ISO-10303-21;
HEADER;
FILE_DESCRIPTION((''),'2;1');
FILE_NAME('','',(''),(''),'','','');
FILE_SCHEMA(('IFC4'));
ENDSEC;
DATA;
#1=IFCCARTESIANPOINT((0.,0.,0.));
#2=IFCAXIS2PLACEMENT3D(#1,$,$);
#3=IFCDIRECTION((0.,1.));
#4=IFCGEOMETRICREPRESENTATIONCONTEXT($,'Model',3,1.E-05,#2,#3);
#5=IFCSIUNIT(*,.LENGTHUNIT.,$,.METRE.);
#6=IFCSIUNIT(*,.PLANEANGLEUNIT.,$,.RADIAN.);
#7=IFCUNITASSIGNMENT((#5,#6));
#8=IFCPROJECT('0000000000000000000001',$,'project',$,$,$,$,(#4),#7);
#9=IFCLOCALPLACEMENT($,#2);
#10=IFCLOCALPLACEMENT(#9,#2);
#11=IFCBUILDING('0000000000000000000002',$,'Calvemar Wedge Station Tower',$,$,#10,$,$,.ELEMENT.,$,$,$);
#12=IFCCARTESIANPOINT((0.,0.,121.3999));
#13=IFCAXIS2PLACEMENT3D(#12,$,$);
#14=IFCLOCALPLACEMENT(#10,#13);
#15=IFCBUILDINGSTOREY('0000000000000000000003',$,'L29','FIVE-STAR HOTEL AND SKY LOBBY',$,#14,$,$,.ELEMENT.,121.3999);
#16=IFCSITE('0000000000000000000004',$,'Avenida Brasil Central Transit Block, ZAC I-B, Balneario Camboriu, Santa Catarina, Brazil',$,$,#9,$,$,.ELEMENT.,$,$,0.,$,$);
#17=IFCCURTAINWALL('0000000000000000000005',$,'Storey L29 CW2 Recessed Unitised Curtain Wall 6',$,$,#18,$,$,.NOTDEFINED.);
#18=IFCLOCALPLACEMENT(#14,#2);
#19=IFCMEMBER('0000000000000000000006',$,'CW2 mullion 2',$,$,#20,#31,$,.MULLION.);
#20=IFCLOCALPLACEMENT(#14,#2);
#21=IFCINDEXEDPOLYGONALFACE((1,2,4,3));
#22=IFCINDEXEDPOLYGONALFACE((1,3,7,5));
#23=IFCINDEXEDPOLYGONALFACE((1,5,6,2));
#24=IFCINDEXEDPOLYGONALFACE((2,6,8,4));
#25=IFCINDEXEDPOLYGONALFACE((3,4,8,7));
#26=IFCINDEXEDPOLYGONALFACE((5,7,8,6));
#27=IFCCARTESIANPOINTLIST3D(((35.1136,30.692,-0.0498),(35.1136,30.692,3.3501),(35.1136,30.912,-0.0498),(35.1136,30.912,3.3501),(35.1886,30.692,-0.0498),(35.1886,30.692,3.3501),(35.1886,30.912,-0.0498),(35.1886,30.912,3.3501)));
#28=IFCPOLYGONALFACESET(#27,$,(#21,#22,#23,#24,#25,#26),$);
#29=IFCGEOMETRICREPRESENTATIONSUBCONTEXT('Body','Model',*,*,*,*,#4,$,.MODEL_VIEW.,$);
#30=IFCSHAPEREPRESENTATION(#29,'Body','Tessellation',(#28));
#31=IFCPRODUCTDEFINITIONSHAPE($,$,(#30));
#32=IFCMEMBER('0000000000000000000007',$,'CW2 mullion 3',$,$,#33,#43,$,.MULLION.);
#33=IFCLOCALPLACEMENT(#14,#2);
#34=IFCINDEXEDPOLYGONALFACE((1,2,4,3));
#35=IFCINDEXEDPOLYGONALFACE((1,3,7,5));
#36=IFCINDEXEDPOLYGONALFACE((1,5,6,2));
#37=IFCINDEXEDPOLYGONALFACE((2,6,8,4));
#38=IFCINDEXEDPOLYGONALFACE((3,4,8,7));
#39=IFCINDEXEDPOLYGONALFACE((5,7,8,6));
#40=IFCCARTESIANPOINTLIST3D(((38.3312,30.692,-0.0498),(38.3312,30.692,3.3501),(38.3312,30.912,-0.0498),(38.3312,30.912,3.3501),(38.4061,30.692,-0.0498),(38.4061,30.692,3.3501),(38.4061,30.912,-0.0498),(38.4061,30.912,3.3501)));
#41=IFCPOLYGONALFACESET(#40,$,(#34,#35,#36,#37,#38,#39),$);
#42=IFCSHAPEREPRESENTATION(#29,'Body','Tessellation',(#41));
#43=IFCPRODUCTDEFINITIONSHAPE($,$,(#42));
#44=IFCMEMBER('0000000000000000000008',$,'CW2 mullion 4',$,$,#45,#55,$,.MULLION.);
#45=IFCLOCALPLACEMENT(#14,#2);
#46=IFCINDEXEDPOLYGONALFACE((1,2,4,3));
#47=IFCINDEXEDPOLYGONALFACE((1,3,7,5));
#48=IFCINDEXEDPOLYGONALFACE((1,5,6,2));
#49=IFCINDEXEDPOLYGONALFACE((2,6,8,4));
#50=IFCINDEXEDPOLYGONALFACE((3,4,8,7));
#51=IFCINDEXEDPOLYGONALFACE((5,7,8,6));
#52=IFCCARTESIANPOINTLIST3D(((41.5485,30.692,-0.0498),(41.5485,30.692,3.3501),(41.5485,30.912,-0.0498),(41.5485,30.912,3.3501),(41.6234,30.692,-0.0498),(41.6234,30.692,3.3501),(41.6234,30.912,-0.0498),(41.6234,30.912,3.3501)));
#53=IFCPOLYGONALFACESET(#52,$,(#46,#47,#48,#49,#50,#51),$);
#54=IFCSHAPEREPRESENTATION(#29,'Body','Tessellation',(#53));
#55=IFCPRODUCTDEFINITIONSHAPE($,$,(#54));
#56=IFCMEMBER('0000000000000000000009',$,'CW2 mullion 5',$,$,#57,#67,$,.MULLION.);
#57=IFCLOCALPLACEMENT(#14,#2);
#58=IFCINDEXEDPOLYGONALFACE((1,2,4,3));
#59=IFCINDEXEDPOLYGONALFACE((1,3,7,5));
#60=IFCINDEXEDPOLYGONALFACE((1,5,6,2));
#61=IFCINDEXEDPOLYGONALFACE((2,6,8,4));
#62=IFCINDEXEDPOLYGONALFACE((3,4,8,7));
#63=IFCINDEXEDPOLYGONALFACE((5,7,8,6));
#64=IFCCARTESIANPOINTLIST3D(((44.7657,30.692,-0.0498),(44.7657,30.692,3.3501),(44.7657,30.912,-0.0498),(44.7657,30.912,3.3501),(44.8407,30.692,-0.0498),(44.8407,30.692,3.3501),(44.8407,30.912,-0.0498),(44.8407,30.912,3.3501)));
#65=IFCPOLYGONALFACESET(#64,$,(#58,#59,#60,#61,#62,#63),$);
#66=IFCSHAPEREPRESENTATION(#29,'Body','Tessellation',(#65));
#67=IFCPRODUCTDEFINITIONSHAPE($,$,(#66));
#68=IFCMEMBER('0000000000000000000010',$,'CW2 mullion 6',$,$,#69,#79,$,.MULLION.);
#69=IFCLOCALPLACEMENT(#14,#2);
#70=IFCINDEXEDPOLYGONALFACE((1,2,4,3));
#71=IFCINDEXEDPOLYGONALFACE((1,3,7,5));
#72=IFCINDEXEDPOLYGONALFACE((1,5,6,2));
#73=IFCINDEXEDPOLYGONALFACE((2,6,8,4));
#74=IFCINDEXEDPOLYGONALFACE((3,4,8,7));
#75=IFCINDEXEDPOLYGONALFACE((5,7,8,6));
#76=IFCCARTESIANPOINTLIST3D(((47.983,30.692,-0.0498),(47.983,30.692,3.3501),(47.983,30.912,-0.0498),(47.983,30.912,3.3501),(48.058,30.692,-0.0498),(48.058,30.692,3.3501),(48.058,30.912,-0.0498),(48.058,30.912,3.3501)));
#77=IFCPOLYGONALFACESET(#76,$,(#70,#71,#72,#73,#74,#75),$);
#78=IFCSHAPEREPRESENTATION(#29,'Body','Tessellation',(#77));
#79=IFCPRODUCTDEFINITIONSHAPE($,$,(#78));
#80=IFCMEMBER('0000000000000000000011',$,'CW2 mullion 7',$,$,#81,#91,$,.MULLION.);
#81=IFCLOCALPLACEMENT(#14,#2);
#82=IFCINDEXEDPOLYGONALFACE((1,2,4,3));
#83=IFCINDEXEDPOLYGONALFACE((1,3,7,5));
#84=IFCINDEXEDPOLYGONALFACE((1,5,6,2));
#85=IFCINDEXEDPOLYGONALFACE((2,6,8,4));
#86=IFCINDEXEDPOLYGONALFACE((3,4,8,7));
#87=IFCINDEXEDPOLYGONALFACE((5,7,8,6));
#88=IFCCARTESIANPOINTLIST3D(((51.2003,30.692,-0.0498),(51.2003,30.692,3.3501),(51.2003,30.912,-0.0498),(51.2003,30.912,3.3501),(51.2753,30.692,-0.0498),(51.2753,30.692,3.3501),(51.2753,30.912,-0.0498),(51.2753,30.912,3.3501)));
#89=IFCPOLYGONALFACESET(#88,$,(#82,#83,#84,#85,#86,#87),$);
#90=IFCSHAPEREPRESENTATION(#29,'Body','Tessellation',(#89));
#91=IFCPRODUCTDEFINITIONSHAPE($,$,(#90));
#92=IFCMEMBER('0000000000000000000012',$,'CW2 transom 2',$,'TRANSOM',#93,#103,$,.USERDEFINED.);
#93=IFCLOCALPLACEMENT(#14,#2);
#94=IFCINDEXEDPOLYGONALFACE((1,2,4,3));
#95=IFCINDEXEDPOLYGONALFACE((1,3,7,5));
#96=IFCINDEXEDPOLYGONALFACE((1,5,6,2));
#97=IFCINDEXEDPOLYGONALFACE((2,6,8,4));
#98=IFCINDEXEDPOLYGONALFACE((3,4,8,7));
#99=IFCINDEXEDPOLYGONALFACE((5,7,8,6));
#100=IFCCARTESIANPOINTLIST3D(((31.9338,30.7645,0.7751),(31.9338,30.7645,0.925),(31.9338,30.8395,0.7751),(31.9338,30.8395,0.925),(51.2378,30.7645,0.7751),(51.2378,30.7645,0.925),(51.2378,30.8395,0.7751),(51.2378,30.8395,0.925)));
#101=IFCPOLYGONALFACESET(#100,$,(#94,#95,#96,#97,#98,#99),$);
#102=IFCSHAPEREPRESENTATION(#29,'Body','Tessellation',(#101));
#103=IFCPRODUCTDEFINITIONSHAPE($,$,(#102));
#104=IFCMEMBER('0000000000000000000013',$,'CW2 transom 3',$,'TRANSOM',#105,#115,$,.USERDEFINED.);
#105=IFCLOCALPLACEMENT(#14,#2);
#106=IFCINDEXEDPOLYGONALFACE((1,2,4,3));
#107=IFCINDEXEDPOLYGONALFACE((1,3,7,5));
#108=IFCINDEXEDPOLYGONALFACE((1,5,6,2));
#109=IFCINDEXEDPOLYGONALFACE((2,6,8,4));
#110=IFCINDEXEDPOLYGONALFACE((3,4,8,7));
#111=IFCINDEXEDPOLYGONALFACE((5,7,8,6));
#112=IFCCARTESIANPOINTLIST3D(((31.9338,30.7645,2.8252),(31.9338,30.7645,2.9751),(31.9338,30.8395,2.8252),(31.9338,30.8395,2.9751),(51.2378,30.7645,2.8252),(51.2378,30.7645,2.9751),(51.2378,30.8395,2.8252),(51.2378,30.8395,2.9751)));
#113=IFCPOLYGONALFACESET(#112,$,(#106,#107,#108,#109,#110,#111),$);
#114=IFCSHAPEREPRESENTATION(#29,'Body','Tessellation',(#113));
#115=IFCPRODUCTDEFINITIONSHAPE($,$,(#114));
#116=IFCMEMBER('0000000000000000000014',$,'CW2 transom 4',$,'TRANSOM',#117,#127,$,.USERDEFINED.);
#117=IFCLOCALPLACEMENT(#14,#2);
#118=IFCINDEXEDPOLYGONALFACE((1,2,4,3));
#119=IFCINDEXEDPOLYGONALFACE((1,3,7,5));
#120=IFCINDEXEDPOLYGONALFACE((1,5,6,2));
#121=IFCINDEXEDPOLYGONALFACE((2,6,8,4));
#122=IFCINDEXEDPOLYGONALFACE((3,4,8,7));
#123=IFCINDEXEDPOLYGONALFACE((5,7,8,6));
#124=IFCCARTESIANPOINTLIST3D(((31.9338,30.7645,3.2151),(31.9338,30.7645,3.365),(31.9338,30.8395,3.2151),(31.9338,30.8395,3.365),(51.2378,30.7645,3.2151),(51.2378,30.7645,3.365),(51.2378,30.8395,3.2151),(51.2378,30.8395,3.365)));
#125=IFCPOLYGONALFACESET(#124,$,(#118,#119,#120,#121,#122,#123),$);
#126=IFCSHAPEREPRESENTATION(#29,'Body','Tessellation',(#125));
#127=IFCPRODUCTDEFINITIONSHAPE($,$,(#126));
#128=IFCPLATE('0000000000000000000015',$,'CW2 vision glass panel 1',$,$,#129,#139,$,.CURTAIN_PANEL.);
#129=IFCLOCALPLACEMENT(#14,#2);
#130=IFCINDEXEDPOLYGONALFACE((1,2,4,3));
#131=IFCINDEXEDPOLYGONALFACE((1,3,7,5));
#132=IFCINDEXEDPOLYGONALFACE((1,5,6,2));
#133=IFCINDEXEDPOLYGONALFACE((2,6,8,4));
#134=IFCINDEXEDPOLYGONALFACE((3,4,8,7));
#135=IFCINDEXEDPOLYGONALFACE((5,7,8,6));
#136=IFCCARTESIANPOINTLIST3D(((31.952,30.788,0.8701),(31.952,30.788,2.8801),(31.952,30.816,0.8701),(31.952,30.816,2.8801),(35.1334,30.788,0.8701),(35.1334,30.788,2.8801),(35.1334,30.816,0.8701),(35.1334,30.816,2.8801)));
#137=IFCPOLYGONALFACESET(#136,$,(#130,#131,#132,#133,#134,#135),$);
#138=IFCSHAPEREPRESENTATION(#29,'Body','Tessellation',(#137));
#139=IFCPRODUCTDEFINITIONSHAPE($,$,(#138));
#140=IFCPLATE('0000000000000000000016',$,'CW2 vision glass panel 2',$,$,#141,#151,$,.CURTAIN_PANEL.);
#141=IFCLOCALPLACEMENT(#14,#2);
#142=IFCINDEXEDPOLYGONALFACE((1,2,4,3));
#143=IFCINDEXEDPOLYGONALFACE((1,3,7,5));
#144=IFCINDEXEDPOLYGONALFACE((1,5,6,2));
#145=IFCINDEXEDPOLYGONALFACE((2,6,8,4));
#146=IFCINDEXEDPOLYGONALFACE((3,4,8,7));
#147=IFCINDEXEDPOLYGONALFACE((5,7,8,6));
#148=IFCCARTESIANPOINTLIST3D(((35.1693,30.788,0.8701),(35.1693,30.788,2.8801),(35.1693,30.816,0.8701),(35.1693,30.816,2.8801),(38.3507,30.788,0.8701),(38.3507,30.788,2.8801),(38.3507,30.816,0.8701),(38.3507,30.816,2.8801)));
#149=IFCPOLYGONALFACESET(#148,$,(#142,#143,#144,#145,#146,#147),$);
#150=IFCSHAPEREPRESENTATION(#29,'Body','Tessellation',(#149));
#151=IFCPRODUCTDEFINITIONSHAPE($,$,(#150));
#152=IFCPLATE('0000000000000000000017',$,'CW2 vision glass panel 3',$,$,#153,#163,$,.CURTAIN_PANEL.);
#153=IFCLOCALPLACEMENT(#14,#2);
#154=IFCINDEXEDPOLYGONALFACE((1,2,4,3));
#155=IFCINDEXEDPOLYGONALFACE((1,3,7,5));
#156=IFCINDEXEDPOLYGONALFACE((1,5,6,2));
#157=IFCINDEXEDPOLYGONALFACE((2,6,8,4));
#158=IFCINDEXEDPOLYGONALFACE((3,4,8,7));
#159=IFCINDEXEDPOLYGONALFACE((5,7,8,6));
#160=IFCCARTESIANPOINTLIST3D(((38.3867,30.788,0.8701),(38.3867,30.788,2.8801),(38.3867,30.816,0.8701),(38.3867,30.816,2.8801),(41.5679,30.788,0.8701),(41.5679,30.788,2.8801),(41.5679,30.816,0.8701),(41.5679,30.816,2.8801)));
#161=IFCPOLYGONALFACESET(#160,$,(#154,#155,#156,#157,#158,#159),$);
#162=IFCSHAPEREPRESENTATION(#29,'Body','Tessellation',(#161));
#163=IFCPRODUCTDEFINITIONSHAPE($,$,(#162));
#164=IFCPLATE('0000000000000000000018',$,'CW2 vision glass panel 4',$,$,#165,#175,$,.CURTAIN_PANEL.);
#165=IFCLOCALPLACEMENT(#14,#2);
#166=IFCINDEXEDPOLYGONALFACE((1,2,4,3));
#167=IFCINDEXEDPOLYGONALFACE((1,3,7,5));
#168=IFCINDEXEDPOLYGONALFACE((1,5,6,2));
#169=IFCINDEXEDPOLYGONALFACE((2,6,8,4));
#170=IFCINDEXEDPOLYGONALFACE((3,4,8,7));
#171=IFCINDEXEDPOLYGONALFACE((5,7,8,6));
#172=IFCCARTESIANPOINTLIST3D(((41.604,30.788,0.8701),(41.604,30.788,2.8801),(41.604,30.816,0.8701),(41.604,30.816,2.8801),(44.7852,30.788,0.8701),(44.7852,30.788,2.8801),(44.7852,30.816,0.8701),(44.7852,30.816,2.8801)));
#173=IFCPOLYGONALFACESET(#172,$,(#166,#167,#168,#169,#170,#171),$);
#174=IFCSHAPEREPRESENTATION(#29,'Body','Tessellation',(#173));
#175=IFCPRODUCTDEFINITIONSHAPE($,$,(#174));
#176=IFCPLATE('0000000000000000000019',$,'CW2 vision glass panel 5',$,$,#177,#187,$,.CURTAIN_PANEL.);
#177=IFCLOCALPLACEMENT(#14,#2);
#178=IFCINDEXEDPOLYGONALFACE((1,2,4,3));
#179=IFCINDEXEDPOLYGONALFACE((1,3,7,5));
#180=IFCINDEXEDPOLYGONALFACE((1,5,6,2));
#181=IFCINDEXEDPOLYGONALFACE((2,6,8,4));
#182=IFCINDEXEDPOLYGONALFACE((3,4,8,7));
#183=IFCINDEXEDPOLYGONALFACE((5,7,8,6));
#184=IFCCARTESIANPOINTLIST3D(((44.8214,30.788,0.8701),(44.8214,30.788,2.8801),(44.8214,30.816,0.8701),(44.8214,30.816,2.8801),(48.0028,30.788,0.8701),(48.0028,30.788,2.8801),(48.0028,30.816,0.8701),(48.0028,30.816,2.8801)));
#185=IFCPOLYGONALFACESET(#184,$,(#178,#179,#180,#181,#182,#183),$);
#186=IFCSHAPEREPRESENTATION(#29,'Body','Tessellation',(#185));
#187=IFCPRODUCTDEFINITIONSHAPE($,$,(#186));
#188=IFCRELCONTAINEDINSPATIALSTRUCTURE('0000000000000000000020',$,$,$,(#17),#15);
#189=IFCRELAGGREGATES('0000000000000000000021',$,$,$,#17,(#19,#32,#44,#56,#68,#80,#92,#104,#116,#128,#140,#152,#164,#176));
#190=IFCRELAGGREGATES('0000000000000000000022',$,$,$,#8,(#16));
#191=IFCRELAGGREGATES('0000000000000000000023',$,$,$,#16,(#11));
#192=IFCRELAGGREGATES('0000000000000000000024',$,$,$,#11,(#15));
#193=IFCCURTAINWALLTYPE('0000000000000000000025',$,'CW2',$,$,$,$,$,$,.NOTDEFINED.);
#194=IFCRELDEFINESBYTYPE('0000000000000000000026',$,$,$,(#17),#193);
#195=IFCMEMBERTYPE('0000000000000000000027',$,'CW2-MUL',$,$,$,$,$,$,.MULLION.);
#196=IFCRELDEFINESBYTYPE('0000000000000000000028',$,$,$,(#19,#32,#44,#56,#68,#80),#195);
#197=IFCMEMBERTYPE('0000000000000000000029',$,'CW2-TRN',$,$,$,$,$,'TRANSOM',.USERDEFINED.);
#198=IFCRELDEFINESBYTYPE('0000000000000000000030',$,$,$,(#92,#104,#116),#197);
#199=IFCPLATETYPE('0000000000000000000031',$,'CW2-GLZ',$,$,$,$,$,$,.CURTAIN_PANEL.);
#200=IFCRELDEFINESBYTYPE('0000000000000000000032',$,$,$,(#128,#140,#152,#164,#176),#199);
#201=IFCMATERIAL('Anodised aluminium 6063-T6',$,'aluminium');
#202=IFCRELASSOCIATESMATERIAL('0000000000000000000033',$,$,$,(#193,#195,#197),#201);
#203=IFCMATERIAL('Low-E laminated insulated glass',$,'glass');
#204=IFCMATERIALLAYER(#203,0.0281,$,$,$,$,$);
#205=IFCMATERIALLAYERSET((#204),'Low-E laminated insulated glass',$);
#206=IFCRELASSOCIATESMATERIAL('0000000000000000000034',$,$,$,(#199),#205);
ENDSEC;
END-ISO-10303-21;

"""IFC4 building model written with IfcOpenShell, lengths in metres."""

from ifc_helpers import new_model, si_unit, direction, frame, frame_2d, origin, origin_2d, place, context, subcontext, project, spatial, rectangle, extrude, source, transform, mapped, material, layer, layer_set, material_profile, profile_set, type_object, element, aggregate, save


model = new_model("IFC4")

# Units and contexts
model_context = context("Model", 3, precision=1e-05, world=origin(), true_north=direction((0.0, 1.0)))
body_context = subcontext(model_context, "Body", "Model", "MODEL_VIEW")
ifc_project = project(units=[si_unit("LENGTHUNIT", "METRE"), si_unit("PLANEANGLEUNIT", "RADIAN")], contexts=[model_context])

# Site, building, storey
site_placement = place(None, origin())
site = spatial("IfcSite", under=ifc_project, at=site_placement, Name="Avenida Brasil Central Transit Block, ZAC I-B, Balneario Camboriu, Santa Catarina, Brazil", CompositionType="ELEMENT", RefElevation=0.0)
building_placement = place(site_placement, origin())
building = spatial("IfcBuilding", under=site, at=building_placement, Name="Calvemar Wedge Station Tower", CompositionType="ELEMENT")
storey_placement = place(building_placement, frame((0.0, 0.0, 121.3999)))
storey = spatial("IfcBuildingStorey", under=building, at=storey_placement, Name="L29", Description="FIVE-STAR HOTEL AND SKY LOBBY", CompositionType="ELEMENT", Elevation=121.3999)

# Curtain wall, members, plates
ifc_material_1 = material(Name="Anodised aluminium 6063-T6", Category="aluminium")
curtain_wall_type = type_object("IfcCurtainWallType", Name="CW2", PredefinedType="NOTDEFINED", material=ifc_material_1)
curtain_wall_placement = place(storey_placement, origin())
curtain_wall = element("IfcCurtainWall", 1, at=curtain_wall_placement, inside=storey, type_object=curtain_wall_type, Name="Storey L29 CW2 Recessed Unitised Curtain Wall 6", PredefinedType="NOTDEFINED")
ifc_material_profile_1 = material_profile(ifc_material_1, rectangle(XDim=0.075, YDim=0.22, at=origin_2d()), Name="AL-MUL-75x220")
ifc_profile_set_1 = profile_set([ifc_material_profile_1], Name="Anodised aluminium 6063-T6")
member_type_1 = type_object("IfcMemberType", Name="CW2-MUL", PredefinedType="MULLION", material=ifc_profile_set_1)
shared_shape_1 = source(origin(), body_context, "Body", "SweptSolid", [
    extrude(rectangle(XDim=0.075, YDim=0.22, at=origin_2d()), origin(), (0.0, 0.0, 1.0), 3.3999),
])
member_1_placement = place(storey_placement, frame((35.1511, 30.802, -0.0498), z_axis=(0.0, 0.0, 1.0), x_axis=(1.0, 0.0, 0.0)))
member_1 = element("IfcMember", 2, at=member_1_placement, type_object=member_type_1, Name="CW2 mullion 2", PredefinedType="MULLION", context=body_context, shape_type="MappedRepresentation", body=[
    mapped(shared_shape_1, transform((0.0, 0.0, 0.0), scale=1.0)),
])
member_2_placement = place(storey_placement, frame((38.3687, 30.802, -0.0498), z_axis=(0.0, 0.0, 1.0), x_axis=(1.0, 0.0, 0.0)))
member_2 = element("IfcMember", 3, at=member_2_placement, type_object=member_type_1, Name="CW2 mullion 3", PredefinedType="MULLION", context=body_context, shape_type="MappedRepresentation", body=[
    mapped(shared_shape_1, transform((0.0, 0.0, 0.0), scale=1.0)),
])
member_3_placement = place(storey_placement, frame((41.5859, 30.802, -0.0498), z_axis=(0.0, 0.0, 1.0), x_axis=(1.0, 0.0, 0.0)))
member_3 = element("IfcMember", 4, at=member_3_placement, type_object=member_type_1, Name="CW2 mullion 4", PredefinedType="MULLION", context=body_context, shape_type="MappedRepresentation", body=[
    mapped(shared_shape_1, transform((0.0, 0.0, 0.0), scale=1.0)),
])
member_4_placement = place(storey_placement, frame((44.8032, 30.802, -0.0498), z_axis=(0.0, 0.0, 1.0), x_axis=(1.0, 0.0, 0.0)))
member_4 = element("IfcMember", 5, at=member_4_placement, type_object=member_type_1, Name="CW2 mullion 5", PredefinedType="MULLION", context=body_context, shape_type="MappedRepresentation", body=[
    mapped(shared_shape_1, transform((0.0, 0.0, 0.0), scale=1.0)),
])
member_5_placement = place(storey_placement, frame((48.0205, 30.802, -0.0498), z_axis=(0.0, 0.0, 1.0), x_axis=(1.0, 0.0, 0.0)))
member_5 = element("IfcMember", 6, at=member_5_placement, type_object=member_type_1, Name="CW2 mullion 6", PredefinedType="MULLION", context=body_context, shape_type="MappedRepresentation", body=[
    mapped(shared_shape_1, transform((0.0, 0.0, 0.0), scale=1.0)),
])
member_6_placement = place(storey_placement, frame((51.2378, 30.802, -0.0498), z_axis=(0.0, 0.0, 1.0), x_axis=(1.0, 0.0, 0.0)))
member_6 = element("IfcMember", 7, at=member_6_placement, type_object=member_type_1, Name="CW2 mullion 7", PredefinedType="MULLION", context=body_context, shape_type="MappedRepresentation", body=[
    mapped(shared_shape_1, transform((0.0, 0.0, 0.0), scale=1.0)),
])
ifc_material_profile_2 = material_profile(ifc_material_1, rectangle(XDim=0.075, YDim=0.1499, at=origin_2d()), Name="AL-TRN-75x150")
ifc_profile_set_2 = profile_set([ifc_material_profile_2], Name="Anodised aluminium 6063-T6")
member_type_2 = type_object("IfcMemberType", Name="CW2-TRN", ElementType="TRANSOM", PredefinedType="USERDEFINED", material=ifc_profile_set_2)
shared_shape_2 = source(origin(), body_context, "Body", "SweptSolid", [
    extrude(rectangle(XDim=0.075, YDim=0.1499, at=origin_2d()), origin(), (0.0, 0.0, 1.0), 19.304),
])
member_7_placement = place(storey_placement, frame((31.9338, 30.802, 0.8501), z_axis=(1.0, 0.0, 0.0), x_axis=(0.0, 1.0, 0.0)))
member_7 = element("IfcMember", 8, at=member_7_placement, type_object=member_type_2, Name="CW2 transom 2", ObjectType="TRANSOM", PredefinedType="USERDEFINED", context=body_context, shape_type="MappedRepresentation", body=[
    mapped(shared_shape_2, transform((0.0, 0.0, 0.0), scale=1.0)),
])
member_8_placement = place(storey_placement, frame((31.9338, 30.802, 2.9001), z_axis=(1.0, 0.0, 0.0), x_axis=(0.0, 1.0, 0.0)))
member_8 = element("IfcMember", 9, at=member_8_placement, type_object=member_type_2, Name="CW2 transom 3", ObjectType="TRANSOM", PredefinedType="USERDEFINED", context=body_context, shape_type="MappedRepresentation", body=[
    mapped(shared_shape_2, transform((0.0, 0.0, 0.0), scale=1.0)),
])
member_9_placement = place(storey_placement, frame((31.9338, 30.802, 3.29), z_axis=(1.0, 0.0, 0.0), x_axis=(0.0, 1.0, 0.0)))
member_9 = element("IfcMember", 10, at=member_9_placement, type_object=member_type_2, Name="CW2 transom 4", ObjectType="TRANSOM", PredefinedType="USERDEFINED", context=body_context, shape_type="MappedRepresentation", body=[
    mapped(shared_shape_2, transform((0.0, 0.0, 0.0), scale=1.0)),
])
ifc_material_2 = material(Name="Low-E laminated insulated glass", Category="glass")
ifc_layer_1 = layer(ifc_material_2, 0.0281)
ifc_layer_set_1 = layer_set([ifc_layer_1], Name="Low-E laminated insulated glass")
plate_type_1 = type_object("IfcPlateType", Name="CW2-GLZ", PredefinedType="CURTAIN_PANEL", material=ifc_layer_set_1)
plate_1_placement = place(storey_placement, frame((31.9519, 30.802, 0.8701), z_axis=(0.0, 0.0, 1.0), x_axis=(1.0, 0.0, 0.0)))
plate_1 = element("IfcPlate", 11, at=plate_1_placement, type_object=plate_type_1, Name="CW2 vision glass panel 1", PredefinedType="CURTAIN_PANEL", context=body_context, shape_type="SweptSolid", body=[
    extrude(rectangle(XDim=3.1814, YDim=0.0281, at=frame_2d((1.5908, 0.0))), origin(), (0.0, 0.0, 1.0), 2.01),
])
plate_2_placement = place(storey_placement, frame((35.1692, 30.802, 0.8701), z_axis=(0.0, 0.0, 1.0), x_axis=(1.0, 0.0, 0.0)))
plate_2 = element("IfcPlate", 12, at=plate_2_placement, type_object=plate_type_1, Name="CW2 vision glass panel 2", PredefinedType="CURTAIN_PANEL", context=body_context, shape_type="SweptSolid", body=[
    extrude(rectangle(XDim=3.1814, YDim=0.0281, at=frame_2d((1.5908, 0.0))), origin(), (0.0, 0.0, 1.0), 2.01),
])
plate_3_placement = place(storey_placement, frame((38.3867, 30.802, 0.8701), z_axis=(0.0, 0.0, 1.0), x_axis=(1.0, 0.0, 0.0)))
plate_3 = element("IfcPlate", 13, at=plate_3_placement, type_object=plate_type_1, Name="CW2 vision glass panel 3", PredefinedType="CURTAIN_PANEL", context=body_context, shape_type="SweptSolid", body=[
    extrude(rectangle(XDim=3.1812, YDim=0.0281, at=frame_2d((1.5906, 0.0))), origin(), (0.0, 0.0, 1.0), 2.01),
])
plate_4_placement = place(storey_placement, frame((41.604, 30.802, 0.8701), z_axis=(0.0, 0.0, 1.0), x_axis=(1.0, 0.0, 0.0)))
plate_4 = element("IfcPlate", 14, at=plate_4_placement, type_object=plate_type_1, Name="CW2 vision glass panel 4", PredefinedType="CURTAIN_PANEL", context=body_context, shape_type="SweptSolid", body=[
    extrude(rectangle(XDim=3.1812, YDim=0.0281, at=frame_2d((1.5906, 0.0))), origin(), (0.0, 0.0, 1.0), 2.01),
])
plate_5_placement = place(storey_placement, frame((44.8213, 30.802, 0.8701), z_axis=(0.0, 0.0, 1.0), x_axis=(1.0, 0.0, 0.0)))
plate_5 = element("IfcPlate", 15, at=plate_5_placement, type_object=plate_type_1, Name="CW2 vision glass panel 5", PredefinedType="CURTAIN_PANEL", context=body_context, shape_type="SweptSolid", body=[
    extrude(rectangle(XDim=3.1814, YDim=0.0281, at=frame_2d((1.5908, 0.0))), origin(), (0.0, 0.0, 1.0), 2.01),
])
aggregate(curtain_wall, [member_1, member_2, member_3, member_4, member_5, member_6, member_7, member_8, member_9, plate_1, plate_2, plate_3, plate_4, plate_5])

save(model, "model.ifc")
